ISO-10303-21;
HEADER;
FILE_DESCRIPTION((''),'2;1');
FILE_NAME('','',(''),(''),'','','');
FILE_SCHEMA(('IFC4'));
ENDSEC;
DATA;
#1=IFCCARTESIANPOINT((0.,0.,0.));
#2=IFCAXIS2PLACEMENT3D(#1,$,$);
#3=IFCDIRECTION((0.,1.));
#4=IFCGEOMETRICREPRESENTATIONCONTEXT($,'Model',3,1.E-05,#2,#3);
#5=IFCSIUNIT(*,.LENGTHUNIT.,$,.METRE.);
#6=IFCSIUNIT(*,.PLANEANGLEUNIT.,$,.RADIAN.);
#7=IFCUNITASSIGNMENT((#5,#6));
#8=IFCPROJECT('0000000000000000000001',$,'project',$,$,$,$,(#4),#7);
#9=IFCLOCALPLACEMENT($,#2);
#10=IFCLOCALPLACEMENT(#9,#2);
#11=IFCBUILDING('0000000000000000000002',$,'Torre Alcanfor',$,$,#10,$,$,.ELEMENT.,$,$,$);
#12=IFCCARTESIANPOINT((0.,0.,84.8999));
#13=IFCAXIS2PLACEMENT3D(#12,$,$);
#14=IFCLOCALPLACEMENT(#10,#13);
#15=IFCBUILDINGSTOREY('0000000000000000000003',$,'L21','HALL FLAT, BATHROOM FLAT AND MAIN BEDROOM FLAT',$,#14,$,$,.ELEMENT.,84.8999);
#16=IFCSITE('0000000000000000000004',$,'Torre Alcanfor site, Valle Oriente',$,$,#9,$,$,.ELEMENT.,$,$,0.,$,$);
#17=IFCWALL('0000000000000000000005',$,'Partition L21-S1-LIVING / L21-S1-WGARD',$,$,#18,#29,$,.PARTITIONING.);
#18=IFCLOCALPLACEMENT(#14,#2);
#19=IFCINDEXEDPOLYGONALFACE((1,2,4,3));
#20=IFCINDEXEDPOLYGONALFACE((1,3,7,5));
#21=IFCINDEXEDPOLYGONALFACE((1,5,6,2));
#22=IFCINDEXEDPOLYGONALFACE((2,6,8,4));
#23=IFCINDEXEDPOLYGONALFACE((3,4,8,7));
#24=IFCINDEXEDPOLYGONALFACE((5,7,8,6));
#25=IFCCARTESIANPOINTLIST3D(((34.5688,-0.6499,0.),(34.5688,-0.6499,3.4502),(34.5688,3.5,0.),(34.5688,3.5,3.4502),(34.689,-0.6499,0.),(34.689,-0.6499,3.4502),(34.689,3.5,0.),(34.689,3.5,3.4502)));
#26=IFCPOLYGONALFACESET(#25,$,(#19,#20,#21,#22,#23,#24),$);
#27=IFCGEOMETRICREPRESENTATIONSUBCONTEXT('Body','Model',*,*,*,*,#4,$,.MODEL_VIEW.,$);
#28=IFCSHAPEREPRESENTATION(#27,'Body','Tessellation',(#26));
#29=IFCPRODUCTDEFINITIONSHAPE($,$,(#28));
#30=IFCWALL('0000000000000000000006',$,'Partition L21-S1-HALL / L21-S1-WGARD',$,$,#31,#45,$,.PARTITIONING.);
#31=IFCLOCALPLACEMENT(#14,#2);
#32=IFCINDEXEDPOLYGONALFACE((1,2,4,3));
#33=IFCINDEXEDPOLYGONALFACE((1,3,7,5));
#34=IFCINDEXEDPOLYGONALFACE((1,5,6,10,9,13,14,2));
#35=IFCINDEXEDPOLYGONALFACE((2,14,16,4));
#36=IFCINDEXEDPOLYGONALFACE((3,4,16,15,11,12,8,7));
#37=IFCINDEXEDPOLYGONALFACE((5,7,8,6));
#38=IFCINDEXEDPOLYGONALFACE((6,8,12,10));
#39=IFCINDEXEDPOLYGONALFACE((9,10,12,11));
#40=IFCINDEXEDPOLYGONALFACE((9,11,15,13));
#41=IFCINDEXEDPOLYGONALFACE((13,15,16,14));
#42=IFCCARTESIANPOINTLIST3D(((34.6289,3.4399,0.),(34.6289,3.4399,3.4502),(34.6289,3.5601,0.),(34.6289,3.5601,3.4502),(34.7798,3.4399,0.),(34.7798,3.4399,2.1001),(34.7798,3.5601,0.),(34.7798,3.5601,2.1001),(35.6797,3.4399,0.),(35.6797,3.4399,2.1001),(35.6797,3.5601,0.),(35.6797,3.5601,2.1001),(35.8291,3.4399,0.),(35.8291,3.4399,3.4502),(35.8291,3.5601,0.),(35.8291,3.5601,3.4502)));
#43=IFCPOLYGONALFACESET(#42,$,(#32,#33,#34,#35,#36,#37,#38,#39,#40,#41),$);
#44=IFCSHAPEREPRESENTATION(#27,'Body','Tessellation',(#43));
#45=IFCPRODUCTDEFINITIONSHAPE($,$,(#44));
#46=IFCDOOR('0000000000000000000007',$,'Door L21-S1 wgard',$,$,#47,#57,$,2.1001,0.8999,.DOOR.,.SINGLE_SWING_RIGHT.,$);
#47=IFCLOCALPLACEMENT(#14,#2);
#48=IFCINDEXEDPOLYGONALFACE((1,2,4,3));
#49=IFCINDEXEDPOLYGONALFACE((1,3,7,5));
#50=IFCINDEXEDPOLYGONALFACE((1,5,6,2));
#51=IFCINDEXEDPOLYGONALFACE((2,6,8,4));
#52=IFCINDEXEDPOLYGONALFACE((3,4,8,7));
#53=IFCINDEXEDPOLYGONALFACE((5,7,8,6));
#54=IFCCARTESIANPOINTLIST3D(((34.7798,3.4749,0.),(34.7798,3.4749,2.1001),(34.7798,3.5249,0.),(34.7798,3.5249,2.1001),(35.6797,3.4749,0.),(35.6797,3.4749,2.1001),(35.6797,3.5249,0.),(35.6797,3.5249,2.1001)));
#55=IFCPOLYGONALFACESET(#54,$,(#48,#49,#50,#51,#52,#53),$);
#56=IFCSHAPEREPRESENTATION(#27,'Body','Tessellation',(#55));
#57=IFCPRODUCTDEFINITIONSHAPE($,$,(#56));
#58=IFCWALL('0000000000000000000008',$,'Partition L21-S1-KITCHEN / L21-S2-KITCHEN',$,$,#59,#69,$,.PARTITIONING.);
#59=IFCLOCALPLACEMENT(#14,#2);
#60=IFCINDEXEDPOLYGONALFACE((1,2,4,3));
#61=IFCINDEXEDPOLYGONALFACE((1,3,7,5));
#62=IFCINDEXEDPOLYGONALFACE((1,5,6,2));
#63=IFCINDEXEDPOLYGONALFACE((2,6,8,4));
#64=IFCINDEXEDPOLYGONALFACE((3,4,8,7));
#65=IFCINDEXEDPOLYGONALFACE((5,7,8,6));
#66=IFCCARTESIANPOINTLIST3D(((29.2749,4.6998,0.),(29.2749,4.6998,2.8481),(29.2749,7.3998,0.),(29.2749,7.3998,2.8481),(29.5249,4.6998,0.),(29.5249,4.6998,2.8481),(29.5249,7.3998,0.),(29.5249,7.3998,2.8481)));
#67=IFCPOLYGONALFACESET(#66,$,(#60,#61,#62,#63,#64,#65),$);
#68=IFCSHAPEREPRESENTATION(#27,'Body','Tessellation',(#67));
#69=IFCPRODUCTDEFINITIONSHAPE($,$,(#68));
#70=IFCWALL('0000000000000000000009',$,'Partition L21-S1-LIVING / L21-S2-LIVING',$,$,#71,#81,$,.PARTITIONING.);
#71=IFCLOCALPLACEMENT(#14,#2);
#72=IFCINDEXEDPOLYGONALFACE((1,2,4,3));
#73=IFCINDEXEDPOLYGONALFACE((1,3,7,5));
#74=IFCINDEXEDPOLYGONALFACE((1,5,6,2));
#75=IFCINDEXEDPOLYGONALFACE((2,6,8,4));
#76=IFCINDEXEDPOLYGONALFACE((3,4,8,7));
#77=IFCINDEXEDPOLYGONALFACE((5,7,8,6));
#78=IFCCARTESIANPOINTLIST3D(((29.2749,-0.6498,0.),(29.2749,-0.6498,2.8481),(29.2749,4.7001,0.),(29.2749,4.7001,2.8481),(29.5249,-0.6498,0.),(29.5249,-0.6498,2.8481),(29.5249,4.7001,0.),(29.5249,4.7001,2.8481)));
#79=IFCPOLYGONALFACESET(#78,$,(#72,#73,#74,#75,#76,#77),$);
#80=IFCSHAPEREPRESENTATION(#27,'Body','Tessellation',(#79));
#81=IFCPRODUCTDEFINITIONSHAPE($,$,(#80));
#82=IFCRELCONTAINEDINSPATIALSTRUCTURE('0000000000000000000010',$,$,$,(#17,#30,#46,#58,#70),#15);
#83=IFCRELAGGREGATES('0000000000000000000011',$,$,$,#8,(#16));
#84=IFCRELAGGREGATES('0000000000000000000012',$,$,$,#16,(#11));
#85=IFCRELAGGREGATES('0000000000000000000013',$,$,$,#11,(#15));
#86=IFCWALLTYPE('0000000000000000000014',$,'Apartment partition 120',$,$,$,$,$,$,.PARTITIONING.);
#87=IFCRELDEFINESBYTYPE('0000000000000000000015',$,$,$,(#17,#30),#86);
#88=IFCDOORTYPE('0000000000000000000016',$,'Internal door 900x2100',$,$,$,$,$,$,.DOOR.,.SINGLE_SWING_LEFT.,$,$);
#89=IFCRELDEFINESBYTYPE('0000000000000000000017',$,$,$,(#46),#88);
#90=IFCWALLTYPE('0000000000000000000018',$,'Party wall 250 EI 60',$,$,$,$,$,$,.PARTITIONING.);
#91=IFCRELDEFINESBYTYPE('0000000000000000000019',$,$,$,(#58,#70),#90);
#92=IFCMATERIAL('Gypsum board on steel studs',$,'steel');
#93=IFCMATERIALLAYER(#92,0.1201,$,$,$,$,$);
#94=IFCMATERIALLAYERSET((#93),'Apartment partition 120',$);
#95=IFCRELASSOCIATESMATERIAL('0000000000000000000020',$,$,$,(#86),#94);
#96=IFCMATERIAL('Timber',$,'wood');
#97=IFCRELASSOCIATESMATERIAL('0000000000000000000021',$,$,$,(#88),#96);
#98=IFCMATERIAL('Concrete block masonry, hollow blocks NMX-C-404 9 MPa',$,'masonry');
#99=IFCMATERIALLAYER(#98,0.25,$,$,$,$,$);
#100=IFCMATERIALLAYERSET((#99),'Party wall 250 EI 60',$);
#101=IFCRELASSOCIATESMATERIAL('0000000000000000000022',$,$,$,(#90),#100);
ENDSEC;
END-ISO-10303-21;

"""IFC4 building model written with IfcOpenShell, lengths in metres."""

from ifc_helpers import new_model, si_unit, direction, frame, frame_2d, origin, place, context, subcontext, project, spatial, rectangle, extrude, material, layer, layer_set, type_object, element, fill, save


model = new_model("IFC4")

# Units and contexts
model_context = context("Model", 3, precision=1e-05, world=origin(), true_north=direction((0.0, 1.0)))
body_context = subcontext(model_context, "Body", "Model", "MODEL_VIEW")
ifc_project = project(units=[si_unit("LENGTHUNIT", "METRE"), si_unit("PLANEANGLEUNIT", "RADIAN")], contexts=[model_context])

# Site, building, storey
site_placement = place(None, origin())
site = spatial("IfcSite", under=ifc_project, at=site_placement, Name="Torre Alcanfor site, Valle Oriente", CompositionType="ELEMENT", RefElevation=0.0)
building_placement = place(site_placement, origin())
building = spatial("IfcBuilding", under=site, at=building_placement, Name="Torre Alcanfor", CompositionType="ELEMENT")
storey_placement = place(building_placement, frame((0.0, 0.0, 84.8999)))
storey = spatial("IfcBuildingStorey", under=building, at=storey_placement, Name="L21", Description="HALL FLAT, BATHROOM FLAT AND MAIN BEDROOM FLAT", CompositionType="ELEMENT", Elevation=84.8999)

# Shared definitions
ifc_material_1 = material(Name="Gypsum board on steel studs", Category="steel")
ifc_layer_1 = layer(ifc_material_1, 0.1201)
ifc_layer_set_1 = layer_set([ifc_layer_1], Name="Apartment partition 120")
wall_type_1 = type_object("IfcWallType", Name="Apartment partition 120", PredefinedType="PARTITIONING", material=ifc_layer_set_1)

# Shared definitions
ifc_material_2 = material(Name="Timber", Category="wood")
door_type = type_object("IfcDoorType", Name="Internal door 900x2100", OperationType="SINGLE_SWING_LEFT", PredefinedType="DOOR", material=ifc_material_2)

# Wall
wall_1_placement = place(storey_placement, frame((34.6289, -0.6499, 0.0), z_axis=(0.0, 0.0, 1.0), x_axis=(0.0, 1.0, 0.0)))
element("IfcWall", 1, at=wall_1_placement, inside=storey, type_object=wall_type_1, Name="Partition L21-S1-LIVING / L21-S1-WGARD", PredefinedType="PARTITIONING", context=body_context, shape_type="SweptSolid", body=[
    extrude(rectangle(XDim=4.1499, YDim=0.1201, at=frame_2d((2.075, 0.0))), origin(), (0.0, 0.0, 1.0), 3.4502),
])

# Wall, opening, door
wall_2_placement = place(storey_placement, frame((34.6289, 3.5, 0.0), z_axis=(0.0, 0.0, 1.0), x_axis=(1.0, 0.0, 0.0)))
wall_2 = element("IfcWall", 2, at=wall_2_placement, inside=storey, type_object=wall_type_1, Name="Partition L21-S1-HALL / L21-S1-WGARD", PredefinedType="PARTITIONING", context=body_context, shape_type="SweptSolid", body=[
    extrude(rectangle(XDim=1.2002, YDim=0.1201, at=frame_2d((0.6001, 0.0))), origin(), (0.0, 0.0, 1.0), 3.4502),
])
opening_1_placement = place(wall_2_placement, frame((0.1509, 0.0, 0.0)))
opening_1 = element("IfcOpeningElement", 3, at=opening_1_placement, cuts=wall_2, PredefinedType="OPENING", context=body_context, shape_type="SweptSolid", body=[
    extrude(rectangle(XDim=0.8999, YDim=2.1001, at=frame_2d((0.45, 1.05))), frame((0.0, 0.0701, 0.0), z_axis=(0.0, -1.0, 0.0), x_axis=(1.0, 0.0, 0.0)), (0.0, 0.0, 1.0), 0.1401),
])
door_1_placement = place(opening_1_placement, frame((0.8999, 0.0, 0.0), z_axis=(0.0, 0.0, 1.0), x_axis=(-1.0, 0.0, 0.0)))
door_1 = element("IfcDoor", 4, at=door_1_placement, inside=storey, type_object=door_type, Name="Door L21-S1 wgard", OperationType="SINGLE_SWING_RIGHT", OverallHeight=2.1001, OverallWidth=0.8999, PredefinedType="DOOR", context=body_context, shape_type="SweptSolid", body=[
    extrude(rectangle(XDim=0.8999, YDim=2.1001, at=frame_2d((0.45, 1.05))), frame((0.0, 0.0251, 0.0), z_axis=(0.0, -1.0, 0.0), x_axis=(1.0, 0.0, 0.0)), (0.0, 0.0, 1.0), 0.05),
])
fill(opening_1, door_1)

# Walls
ifc_material_3 = material(Name="Concrete block masonry, hollow blocks NMX-C-404 9 MPa", Category="masonry")
ifc_layer_2 = layer(ifc_material_3, 0.25)
ifc_layer_set_2 = layer_set([ifc_layer_2], Name="Party wall 250 EI 60")
wall_type_2 = type_object("IfcWallType", Name="Party wall 250 EI 60", PredefinedType="PARTITIONING", material=ifc_layer_set_2)
wall_3_placement = place(storey_placement, frame((29.3999, 7.3999, 0.0), z_axis=(0.0, 0.0, 1.0), x_axis=(0.0, -1.0, 0.0)))
element("IfcWall", 5, at=wall_3_placement, inside=storey, type_object=wall_type_2, Name="Partition L21-S1-KITCHEN / L21-S2-KITCHEN", PredefinedType="PARTITIONING", context=body_context, shape_type="SweptSolid", body=[
    extrude(rectangle(XDim=2.7, YDim=0.25, at=frame_2d((1.3501, 0.0))), origin(), (0.0, 0.0, 1.0), 2.8481),
])
wall_4_placement = place(storey_placement, frame((29.3999, 4.7, 0.0), z_axis=(0.0, 0.0, 1.0), x_axis=(0.0, -1.0, 0.0)))
element("IfcWall", 6, at=wall_4_placement, inside=storey, type_object=wall_type_2, Name="Partition L21-S1-LIVING / L21-S2-LIVING", PredefinedType="PARTITIONING", context=body_context, shape_type="SweptSolid", body=[
    extrude(rectangle(XDim=5.3499, YDim=0.25, at=frame_2d((2.6748, 0.0))), origin(), (0.0, 0.0, 1.0), 2.8481),
])

save(model, "model.ifc")
